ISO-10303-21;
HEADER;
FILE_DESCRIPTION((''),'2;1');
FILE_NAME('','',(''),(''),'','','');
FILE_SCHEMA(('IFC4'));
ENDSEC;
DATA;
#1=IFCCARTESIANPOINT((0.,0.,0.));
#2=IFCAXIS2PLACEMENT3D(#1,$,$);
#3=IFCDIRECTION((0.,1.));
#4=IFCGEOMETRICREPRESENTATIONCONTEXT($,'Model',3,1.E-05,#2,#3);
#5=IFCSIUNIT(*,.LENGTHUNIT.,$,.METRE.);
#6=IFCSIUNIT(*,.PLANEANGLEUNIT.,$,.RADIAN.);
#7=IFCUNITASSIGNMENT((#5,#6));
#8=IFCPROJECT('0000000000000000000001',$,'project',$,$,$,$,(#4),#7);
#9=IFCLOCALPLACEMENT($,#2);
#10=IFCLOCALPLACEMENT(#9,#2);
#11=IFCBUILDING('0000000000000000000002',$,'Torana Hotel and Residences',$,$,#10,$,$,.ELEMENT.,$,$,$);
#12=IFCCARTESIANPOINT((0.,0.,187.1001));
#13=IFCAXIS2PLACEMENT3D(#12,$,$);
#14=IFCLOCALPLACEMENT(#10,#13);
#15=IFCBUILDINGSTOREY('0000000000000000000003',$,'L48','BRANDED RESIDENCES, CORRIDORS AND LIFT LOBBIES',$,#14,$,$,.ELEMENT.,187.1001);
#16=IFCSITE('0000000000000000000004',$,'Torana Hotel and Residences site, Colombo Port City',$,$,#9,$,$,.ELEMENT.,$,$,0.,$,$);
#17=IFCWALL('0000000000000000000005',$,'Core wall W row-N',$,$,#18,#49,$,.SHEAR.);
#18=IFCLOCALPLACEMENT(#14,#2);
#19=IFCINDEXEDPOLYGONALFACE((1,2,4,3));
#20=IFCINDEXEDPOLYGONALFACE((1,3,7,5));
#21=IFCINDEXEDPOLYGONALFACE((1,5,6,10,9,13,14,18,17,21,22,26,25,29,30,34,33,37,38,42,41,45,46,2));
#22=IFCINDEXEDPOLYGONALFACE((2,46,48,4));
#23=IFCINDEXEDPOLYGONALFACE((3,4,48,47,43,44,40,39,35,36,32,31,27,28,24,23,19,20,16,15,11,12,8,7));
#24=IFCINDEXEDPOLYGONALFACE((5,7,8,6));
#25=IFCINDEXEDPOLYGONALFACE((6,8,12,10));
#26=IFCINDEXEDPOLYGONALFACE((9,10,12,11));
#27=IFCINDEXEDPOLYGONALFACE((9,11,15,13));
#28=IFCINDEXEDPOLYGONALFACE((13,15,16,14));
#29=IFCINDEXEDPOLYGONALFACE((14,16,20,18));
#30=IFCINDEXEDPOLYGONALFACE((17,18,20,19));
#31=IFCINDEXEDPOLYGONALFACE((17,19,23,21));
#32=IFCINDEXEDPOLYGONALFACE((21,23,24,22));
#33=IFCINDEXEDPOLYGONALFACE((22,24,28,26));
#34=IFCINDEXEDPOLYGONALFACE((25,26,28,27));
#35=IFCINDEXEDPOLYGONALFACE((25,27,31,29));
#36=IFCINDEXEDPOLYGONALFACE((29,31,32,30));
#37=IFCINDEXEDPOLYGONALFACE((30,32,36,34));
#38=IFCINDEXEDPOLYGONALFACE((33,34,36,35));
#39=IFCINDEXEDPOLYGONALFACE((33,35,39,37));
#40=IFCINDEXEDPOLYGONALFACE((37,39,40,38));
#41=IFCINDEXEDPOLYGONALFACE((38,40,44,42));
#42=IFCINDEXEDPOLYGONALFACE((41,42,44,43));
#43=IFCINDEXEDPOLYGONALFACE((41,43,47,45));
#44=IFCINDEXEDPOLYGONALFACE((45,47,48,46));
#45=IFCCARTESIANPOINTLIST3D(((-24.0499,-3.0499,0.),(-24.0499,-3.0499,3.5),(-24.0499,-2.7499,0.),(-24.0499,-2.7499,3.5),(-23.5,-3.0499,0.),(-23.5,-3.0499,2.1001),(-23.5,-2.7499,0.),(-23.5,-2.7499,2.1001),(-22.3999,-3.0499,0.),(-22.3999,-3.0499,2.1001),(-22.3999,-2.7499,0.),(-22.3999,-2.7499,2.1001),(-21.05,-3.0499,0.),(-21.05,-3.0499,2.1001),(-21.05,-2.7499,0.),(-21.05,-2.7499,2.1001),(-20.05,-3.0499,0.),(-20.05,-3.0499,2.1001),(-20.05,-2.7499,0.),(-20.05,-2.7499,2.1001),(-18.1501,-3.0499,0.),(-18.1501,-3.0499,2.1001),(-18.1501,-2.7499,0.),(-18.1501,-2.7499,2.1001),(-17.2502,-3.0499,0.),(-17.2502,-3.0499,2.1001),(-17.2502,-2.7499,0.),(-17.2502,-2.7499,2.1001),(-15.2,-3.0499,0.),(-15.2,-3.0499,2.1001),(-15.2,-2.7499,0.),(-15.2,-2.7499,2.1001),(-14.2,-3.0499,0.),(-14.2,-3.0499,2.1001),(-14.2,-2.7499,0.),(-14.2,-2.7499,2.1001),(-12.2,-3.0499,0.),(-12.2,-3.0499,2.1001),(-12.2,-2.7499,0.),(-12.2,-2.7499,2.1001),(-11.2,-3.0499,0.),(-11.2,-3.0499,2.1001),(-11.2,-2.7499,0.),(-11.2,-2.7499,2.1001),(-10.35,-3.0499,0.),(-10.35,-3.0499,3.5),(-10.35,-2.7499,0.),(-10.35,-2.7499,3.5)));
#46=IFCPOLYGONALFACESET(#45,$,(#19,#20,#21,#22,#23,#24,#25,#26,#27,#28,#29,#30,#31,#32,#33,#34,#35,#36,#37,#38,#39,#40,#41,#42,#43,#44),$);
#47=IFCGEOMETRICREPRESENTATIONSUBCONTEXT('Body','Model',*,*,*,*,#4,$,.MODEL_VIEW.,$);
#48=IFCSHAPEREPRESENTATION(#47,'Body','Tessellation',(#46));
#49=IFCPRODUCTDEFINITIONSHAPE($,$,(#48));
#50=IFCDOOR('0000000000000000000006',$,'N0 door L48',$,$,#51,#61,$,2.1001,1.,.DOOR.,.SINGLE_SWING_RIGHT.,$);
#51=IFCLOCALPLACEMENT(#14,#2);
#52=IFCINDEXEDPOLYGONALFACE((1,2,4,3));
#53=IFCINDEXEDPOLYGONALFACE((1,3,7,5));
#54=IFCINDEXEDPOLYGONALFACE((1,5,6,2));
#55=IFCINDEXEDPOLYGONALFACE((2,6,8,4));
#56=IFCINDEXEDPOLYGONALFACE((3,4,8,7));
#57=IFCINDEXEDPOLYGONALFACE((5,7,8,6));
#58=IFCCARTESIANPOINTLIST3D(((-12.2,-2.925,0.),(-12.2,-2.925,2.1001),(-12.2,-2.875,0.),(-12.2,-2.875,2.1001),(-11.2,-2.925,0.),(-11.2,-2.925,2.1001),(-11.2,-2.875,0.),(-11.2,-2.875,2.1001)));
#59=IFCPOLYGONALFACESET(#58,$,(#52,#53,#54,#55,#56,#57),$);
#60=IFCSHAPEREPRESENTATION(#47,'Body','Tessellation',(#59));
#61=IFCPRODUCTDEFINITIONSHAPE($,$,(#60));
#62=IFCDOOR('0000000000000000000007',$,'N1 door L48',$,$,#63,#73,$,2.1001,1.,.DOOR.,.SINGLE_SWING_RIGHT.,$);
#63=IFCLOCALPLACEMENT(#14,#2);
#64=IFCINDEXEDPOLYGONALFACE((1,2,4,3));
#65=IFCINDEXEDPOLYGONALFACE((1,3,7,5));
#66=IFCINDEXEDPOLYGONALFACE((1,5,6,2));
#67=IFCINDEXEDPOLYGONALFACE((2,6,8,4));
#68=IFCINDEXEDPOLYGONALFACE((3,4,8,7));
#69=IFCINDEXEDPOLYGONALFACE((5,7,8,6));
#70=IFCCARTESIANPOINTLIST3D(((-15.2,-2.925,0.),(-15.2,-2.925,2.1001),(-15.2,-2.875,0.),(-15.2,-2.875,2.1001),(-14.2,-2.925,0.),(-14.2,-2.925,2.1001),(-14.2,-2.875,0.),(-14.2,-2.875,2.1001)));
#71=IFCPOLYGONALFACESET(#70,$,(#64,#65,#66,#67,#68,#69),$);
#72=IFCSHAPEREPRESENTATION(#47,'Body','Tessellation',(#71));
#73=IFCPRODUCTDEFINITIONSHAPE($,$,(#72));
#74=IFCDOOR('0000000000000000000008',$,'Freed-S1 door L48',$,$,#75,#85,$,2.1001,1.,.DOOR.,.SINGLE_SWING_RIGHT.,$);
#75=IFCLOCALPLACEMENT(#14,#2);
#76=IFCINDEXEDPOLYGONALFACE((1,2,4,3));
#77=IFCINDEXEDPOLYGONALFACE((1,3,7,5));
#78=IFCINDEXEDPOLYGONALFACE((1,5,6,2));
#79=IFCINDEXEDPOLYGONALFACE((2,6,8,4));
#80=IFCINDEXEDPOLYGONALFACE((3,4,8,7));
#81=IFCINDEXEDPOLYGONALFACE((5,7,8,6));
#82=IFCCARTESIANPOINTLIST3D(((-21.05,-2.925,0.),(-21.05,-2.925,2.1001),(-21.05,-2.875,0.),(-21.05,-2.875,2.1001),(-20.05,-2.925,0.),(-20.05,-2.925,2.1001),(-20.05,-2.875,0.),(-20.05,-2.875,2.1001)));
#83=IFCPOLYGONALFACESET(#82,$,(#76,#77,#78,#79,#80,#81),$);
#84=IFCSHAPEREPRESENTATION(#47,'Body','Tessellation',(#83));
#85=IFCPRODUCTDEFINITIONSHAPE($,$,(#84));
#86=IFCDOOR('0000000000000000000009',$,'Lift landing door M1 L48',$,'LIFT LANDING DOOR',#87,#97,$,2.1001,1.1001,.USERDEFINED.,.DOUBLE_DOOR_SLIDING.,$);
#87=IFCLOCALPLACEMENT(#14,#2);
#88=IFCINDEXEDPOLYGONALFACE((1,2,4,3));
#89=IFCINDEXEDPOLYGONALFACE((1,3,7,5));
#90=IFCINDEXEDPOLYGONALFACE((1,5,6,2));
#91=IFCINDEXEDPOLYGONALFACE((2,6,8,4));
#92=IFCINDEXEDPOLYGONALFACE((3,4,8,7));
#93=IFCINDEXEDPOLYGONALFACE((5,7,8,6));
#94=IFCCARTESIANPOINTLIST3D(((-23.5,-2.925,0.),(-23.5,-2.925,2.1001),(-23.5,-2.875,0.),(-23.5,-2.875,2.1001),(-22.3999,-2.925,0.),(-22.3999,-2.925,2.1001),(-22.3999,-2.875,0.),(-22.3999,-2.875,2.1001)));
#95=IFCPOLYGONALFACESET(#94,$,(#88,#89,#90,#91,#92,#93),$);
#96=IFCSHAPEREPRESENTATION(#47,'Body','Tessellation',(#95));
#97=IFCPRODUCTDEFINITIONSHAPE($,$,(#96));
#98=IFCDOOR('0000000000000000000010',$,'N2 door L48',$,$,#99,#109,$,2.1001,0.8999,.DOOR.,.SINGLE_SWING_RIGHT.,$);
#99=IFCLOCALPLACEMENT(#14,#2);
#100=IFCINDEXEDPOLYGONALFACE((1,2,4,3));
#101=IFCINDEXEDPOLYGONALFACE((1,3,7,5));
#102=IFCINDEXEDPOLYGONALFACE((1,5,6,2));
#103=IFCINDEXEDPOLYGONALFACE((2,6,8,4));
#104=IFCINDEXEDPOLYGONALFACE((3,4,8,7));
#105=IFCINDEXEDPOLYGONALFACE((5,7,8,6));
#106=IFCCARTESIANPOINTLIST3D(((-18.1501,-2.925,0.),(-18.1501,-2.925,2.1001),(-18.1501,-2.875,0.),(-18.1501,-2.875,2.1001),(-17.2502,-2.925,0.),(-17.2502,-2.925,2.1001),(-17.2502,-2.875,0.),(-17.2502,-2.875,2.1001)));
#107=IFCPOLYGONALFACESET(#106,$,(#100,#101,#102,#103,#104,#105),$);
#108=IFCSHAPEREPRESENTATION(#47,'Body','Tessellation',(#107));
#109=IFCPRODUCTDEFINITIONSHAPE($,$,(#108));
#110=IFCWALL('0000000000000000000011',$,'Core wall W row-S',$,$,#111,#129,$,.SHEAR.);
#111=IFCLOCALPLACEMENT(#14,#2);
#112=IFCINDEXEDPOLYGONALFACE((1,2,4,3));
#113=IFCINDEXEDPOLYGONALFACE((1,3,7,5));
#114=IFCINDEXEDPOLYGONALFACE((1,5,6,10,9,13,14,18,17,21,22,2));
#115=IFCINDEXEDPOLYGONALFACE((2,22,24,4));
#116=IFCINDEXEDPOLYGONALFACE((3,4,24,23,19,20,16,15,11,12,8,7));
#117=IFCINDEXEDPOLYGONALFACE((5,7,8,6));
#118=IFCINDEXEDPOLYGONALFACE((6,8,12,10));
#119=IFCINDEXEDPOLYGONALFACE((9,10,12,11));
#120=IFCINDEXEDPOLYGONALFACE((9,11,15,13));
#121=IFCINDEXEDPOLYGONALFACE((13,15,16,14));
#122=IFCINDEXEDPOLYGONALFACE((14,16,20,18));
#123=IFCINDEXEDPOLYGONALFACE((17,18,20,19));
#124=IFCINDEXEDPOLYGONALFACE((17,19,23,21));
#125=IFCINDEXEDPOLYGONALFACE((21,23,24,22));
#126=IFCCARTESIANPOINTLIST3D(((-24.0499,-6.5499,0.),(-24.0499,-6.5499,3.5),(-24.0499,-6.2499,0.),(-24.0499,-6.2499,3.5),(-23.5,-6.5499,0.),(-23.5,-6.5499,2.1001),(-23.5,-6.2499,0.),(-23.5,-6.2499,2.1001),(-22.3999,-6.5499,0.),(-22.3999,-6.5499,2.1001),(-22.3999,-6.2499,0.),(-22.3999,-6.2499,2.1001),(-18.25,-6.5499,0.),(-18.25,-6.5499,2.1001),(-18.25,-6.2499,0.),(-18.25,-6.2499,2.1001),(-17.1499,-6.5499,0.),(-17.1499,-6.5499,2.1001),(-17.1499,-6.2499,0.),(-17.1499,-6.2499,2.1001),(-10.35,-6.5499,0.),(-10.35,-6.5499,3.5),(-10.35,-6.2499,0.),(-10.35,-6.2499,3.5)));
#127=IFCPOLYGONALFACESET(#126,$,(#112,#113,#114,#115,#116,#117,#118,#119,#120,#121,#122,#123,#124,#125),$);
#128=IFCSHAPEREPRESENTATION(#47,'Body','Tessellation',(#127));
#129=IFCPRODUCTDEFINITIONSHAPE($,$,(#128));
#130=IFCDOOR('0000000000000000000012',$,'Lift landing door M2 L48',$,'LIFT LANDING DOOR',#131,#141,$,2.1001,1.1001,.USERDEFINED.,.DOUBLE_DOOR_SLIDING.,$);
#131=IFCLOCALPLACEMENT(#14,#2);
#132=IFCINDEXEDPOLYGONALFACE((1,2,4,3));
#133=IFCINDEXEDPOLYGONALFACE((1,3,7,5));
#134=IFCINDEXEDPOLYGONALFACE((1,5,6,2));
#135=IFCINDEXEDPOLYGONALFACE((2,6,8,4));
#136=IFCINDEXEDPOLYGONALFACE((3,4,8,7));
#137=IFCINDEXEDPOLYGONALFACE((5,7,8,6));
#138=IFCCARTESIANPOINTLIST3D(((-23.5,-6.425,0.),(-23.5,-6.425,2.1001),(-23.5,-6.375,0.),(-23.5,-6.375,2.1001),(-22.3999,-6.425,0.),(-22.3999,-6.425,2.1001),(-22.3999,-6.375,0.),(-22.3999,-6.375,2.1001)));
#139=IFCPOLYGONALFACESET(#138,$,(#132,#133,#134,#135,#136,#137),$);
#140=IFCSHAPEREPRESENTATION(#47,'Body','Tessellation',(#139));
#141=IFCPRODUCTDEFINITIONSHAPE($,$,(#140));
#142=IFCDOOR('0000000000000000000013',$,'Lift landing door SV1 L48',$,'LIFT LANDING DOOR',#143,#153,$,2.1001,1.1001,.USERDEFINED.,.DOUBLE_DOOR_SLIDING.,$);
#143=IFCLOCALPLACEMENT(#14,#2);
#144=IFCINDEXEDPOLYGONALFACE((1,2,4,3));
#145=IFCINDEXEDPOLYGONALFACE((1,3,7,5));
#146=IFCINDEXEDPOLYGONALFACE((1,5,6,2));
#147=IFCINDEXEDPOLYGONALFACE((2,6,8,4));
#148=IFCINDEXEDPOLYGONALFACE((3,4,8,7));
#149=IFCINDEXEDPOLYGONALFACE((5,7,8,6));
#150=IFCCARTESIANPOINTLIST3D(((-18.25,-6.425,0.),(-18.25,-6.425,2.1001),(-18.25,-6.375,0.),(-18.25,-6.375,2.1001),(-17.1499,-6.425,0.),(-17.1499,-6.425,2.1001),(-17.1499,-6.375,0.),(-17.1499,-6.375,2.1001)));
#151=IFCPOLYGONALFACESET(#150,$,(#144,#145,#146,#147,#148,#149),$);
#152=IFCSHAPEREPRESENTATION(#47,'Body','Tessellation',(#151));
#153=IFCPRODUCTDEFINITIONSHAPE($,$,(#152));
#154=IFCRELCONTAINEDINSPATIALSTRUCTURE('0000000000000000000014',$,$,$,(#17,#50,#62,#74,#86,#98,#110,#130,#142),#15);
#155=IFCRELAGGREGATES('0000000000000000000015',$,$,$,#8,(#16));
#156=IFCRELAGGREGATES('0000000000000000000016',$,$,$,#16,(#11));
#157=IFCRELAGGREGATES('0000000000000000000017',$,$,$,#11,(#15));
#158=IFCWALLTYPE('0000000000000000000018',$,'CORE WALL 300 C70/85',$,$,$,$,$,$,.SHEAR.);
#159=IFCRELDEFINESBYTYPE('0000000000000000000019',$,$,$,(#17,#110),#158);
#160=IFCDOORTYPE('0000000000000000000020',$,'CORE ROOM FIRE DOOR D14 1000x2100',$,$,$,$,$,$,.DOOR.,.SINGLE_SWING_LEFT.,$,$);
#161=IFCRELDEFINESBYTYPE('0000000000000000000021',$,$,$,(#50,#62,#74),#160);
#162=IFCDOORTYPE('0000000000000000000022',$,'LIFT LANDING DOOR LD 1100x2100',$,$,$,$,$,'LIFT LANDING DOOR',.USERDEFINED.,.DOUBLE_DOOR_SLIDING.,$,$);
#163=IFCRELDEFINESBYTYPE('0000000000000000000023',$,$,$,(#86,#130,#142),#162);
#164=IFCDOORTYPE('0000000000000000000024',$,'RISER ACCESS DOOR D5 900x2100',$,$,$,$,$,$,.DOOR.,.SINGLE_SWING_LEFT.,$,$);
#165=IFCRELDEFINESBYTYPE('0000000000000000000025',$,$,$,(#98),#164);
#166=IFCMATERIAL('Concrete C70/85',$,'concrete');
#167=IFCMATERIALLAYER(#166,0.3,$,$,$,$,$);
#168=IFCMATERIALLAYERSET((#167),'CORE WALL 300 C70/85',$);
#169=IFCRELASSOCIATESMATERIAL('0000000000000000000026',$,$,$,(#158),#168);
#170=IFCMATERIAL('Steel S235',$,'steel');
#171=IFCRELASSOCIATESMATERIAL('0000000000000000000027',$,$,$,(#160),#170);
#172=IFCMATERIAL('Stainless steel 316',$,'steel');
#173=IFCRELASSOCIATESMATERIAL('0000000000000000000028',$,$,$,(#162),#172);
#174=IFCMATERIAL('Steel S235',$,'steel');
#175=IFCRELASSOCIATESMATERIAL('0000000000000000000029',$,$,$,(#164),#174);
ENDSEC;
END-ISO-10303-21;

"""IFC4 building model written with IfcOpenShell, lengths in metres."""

from ifc_helpers import new_model, si_unit, direction, frame, frame_2d, origin, place, context, subcontext, project, spatial, rectangle, extrude, material, layer, layer_set, type_object, element, fill, save


model = new_model("IFC4")

# Units and contexts
model_context = context("Model", 3, precision=1e-05, world=origin(), true_north=direction((0.0, 1.0)))
body_context = subcontext(model_context, "Body", "Model", "MODEL_VIEW")
ifc_project = project(units=[si_unit("LENGTHUNIT", "METRE"), si_unit("PLANEANGLEUNIT", "RADIAN")], contexts=[model_context])

# Site, building, storey
site_placement = place(None, origin())
site = spatial("IfcSite", under=ifc_project, at=site_placement, Name="Torana Hotel and Residences site, Colombo Port City", CompositionType="ELEMENT", RefElevation=0.0)
building_placement = place(site_placement, origin())
building = spatial("IfcBuilding", under=site, at=building_placement, Name="Torana Hotel and Residences", CompositionType="ELEMENT")
storey_placement = place(building_placement, frame((0.0, 0.0, 187.1001)))
storey = spatial("IfcBuildingStorey", under=building, at=storey_placement, Name="L48", Description="BRANDED RESIDENCES, CORRIDORS AND LIFT LOBBIES", CompositionType="ELEMENT", Elevation=187.1001)

# Walls, openings, doors
ifc_material_1 = material(Name="Concrete C70/85", Category="concrete")
ifc_layer_1 = layer(ifc_material_1, 0.3)
ifc_layer_set_1 = layer_set([ifc_layer_1], Name="CORE WALL 300 C70/85")
wall_type_1 = type_object("IfcWallType", Name="CORE WALL 300 C70/85", PredefinedType="SHEAR", material=ifc_layer_set_1)
wall_1_placement = place(storey_placement, frame((-24.05, -2.8999, 0.0), z_axis=(0.0, 0.0, 1.0), x_axis=(1.0, 0.0, 0.0)))
wall_1 = element("IfcWall", 1, at=wall_1_placement, inside=storey, type_object=wall_type_1, Name="Core wall W row-N", PredefinedType="SHEAR", context=body_context, shape_type="SweptSolid", body=[
    extrude(rectangle(XDim=13.7, YDim=0.3, at=frame_2d((6.8501, 0.0))), origin(), (0.0, 0.0, 1.0), 3.5),
])
opening_1_placement = place(wall_1_placement, frame((0.55, 0.0, 0.0)))
opening_1 = element("IfcOpeningElement", 2, at=opening_1_placement, cuts=wall_1, PredefinedType="OPENING", context=body_context, shape_type="SweptSolid", body=[
    extrude(rectangle(XDim=1.1001, YDim=2.1001, at=frame_2d((0.55, 1.05))), frame((0.0, 0.1599, 0.0), z_axis=(0.0, -1.0, 0.0), x_axis=(1.0, 0.0, 0.0)), (0.0, 0.0, 1.0), 0.3201),
])
opening_2_placement = place(wall_1_placement, frame((5.8999, 0.0, 0.0)))
opening_2 = element("IfcOpeningElement", 3, at=opening_2_placement, cuts=wall_1, PredefinedType="OPENING", context=body_context, shape_type="SweptSolid", body=[
    extrude(rectangle(XDim=0.8999, YDim=2.1001, at=frame_2d((0.45, 1.05))), frame((0.0, 0.1599, 0.0), z_axis=(0.0, -1.0, 0.0), x_axis=(1.0, 0.0, 0.0)), (0.0, 0.0, 1.0), 0.3201),
])
opening_3_placement = place(wall_1_placement, frame((11.8501, 0.0, 0.0)))
opening_3 = element("IfcOpeningElement", 4, at=opening_3_placement, cuts=wall_1, PredefinedType="OPENING", context=body_context, shape_type="SweptSolid", body=[
    extrude(rectangle(XDim=1.0, YDim=2.1001, at=frame_2d((0.5, 1.05))), frame((0.0, 0.1599, 0.0), z_axis=(0.0, -1.0, 0.0), x_axis=(1.0, 0.0, 0.0)), (0.0, 0.0, 1.0), 0.3201),
])
opening_4_placement = place(wall_1_placement, frame((8.8501, 0.0, 0.0)))
opening_4 = element("IfcOpeningElement", 5, at=opening_4_placement, cuts=wall_1, PredefinedType="OPENING", context=body_context, shape_type="SweptSolid", body=[
    extrude(rectangle(XDim=1.0, YDim=2.1001, at=frame_2d((0.5, 1.05))), frame((0.0, 0.1599, 0.0), z_axis=(0.0, -1.0, 0.0), x_axis=(1.0, 0.0, 0.0)), (0.0, 0.0, 1.0), 0.3201),
])
opening_5_placement = place(wall_1_placement, frame((3.0, 0.0, 0.0)))
opening_5 = element("IfcOpeningElement", 6, at=opening_5_placement, cuts=wall_1, PredefinedType="OPENING", context=body_context, shape_type="SweptSolid", body=[
    extrude(rectangle(XDim=1.0, YDim=2.1001, at=frame_2d((0.5, 1.05))), frame((0.0, 0.1599, 0.0), z_axis=(0.0, -1.0, 0.0), x_axis=(1.0, 0.0, 0.0)), (0.0, 0.0, 1.0), 0.3201),
])
ifc_material_2 = material(Name="Steel S235", Category="steel")
door_type_1 = type_object("IfcDoorType", Name="CORE ROOM FIRE DOOR D14 1000x2100", OperationType="SINGLE_SWING_LEFT", PredefinedType="DOOR", material=ifc_material_2)
door_1_placement = place(opening_3_placement, origin())
door_1 = element("IfcDoor", 7, at=door_1_placement, inside=storey, type_object=door_type_1, Name="N0 door L48", OperationType="SINGLE_SWING_RIGHT", OverallHeight=2.1001, OverallWidth=1.0, PredefinedType="DOOR", context=body_context, shape_type="SweptSolid", body=[
    extrude(rectangle(XDim=1.0, YDim=2.1001, at=frame_2d((0.5, 1.05))), frame((0.0, 0.0249, 0.0), z_axis=(0.0, -1.0, 0.0), x_axis=(1.0, 0.0, 0.0)), (0.0, 0.0, 1.0), 0.05),
])
fill(opening_3, door_1)
door_2_placement = place(opening_4_placement, origin())
door_2 = element("IfcDoor", 8, at=door_2_placement, inside=storey, type_object=door_type_1, Name="N1 door L48", OperationType="SINGLE_SWING_RIGHT", OverallHeight=2.1001, OverallWidth=1.0, PredefinedType="DOOR", context=body_context, shape_type="SweptSolid", body=[
    extrude(rectangle(XDim=1.0, YDim=2.1001, at=frame_2d((0.5, 1.05))), frame((0.0, 0.0249, 0.0), z_axis=(0.0, -1.0, 0.0), x_axis=(1.0, 0.0, 0.0)), (0.0, 0.0, 1.0), 0.05),
])
fill(opening_4, door_2)
door_3_placement = place(opening_5_placement, origin())
door_3 = element("IfcDoor", 9, at=door_3_placement, inside=storey, type_object=door_type_1, Name="Freed-S1 door L48", OperationType="SINGLE_SWING_RIGHT", OverallHeight=2.1001, OverallWidth=1.0, PredefinedType="DOOR", context=body_context, shape_type="SweptSolid", body=[
    extrude(rectangle(XDim=1.0, YDim=2.1001, at=frame_2d((0.5, 1.05))), frame((0.0, 0.0249, 0.0), z_axis=(0.0, -1.0, 0.0), x_axis=(1.0, 0.0, 0.0)), (0.0, 0.0, 1.0), 0.05),
])
fill(opening_5, door_3)
ifc_material_3 = material(Name="Stainless steel 316", Category="steel")
door_type_2 = type_object("IfcDoorType", Name="LIFT LANDING DOOR LD 1100x2100", ElementType="LIFT LANDING DOOR", OperationType="DOUBLE_DOOR_SLIDING", PredefinedType="USERDEFINED", material=ifc_material_3)
door_4_placement = place(opening_1_placement, origin())
door_4 = element("IfcDoor", 10, at=door_4_placement, inside=storey, type_object=door_type_2, Name="Lift landing door M1 L48", ObjectType="LIFT LANDING DOOR", OperationType="DOUBLE_DOOR_SLIDING", OverallHeight=2.1001, OverallWidth=1.1001, PredefinedType="USERDEFINED", context=body_context, shape_type="SweptSolid", body=[
    extrude(rectangle(XDim=1.1001, YDim=2.1001, at=frame_2d((0.55, 1.05))), frame((0.0, 0.0249, 0.0), z_axis=(0.0, -1.0, 0.0), x_axis=(1.0, 0.0, 0.0)), (0.0, 0.0, 1.0), 0.05),
])
fill(opening_1, door_4)
ifc_material_4 = material(Name="Steel S235", Category="steel")
door_type_3 = type_object("IfcDoorType", Name="RISER ACCESS DOOR D5 900x2100", OperationType="SINGLE_SWING_LEFT", PredefinedType="DOOR", material=ifc_material_4)
door_5_placement = place(opening_2_placement, origin())
door_5 = element("IfcDoor", 11, at=door_5_placement, inside=storey, type_object=door_type_3, Name="N2 door L48", OperationType="SINGLE_SWING_RIGHT", OverallHeight=2.1001, OverallWidth=0.8999, PredefinedType="DOOR", context=body_context, shape_type="SweptSolid", body=[
    extrude(rectangle(XDim=0.8999, YDim=2.1001, at=frame_2d((0.45, 1.05))), frame((0.0, 0.0249, 0.0), z_axis=(0.0, -1.0, 0.0), x_axis=(1.0, 0.0, 0.0)), (0.0, 0.0, 1.0), 0.05),
])
fill(opening_2, door_5)
wall_2_placement = place(storey_placement, frame((-24.05, -6.3999, 0.0), z_axis=(0.0, 0.0, 1.0), x_axis=(1.0, 0.0, 0.0)))
wall_2 = element("IfcWall", 12, at=wall_2_placement, inside=storey, type_object=wall_type_1, Name="Core wall W row-S", PredefinedType="SHEAR", context=body_context, shape_type="SweptSolid", body=[
    extrude(rectangle(XDim=13.7, YDim=0.3, at=frame_2d((6.8501, 0.0))), origin(), (0.0, 0.0, 1.0), 3.5),
])
opening_6_placement = place(wall_2_placement, frame((0.55, 0.0, 0.0)))
opening_6 = element("IfcOpeningElement", 13, at=opening_6_placement, cuts=wall_2, PredefinedType="OPENING", context=body_context, shape_type="SweptSolid", body=[
    extrude(rectangle(XDim=1.1001, YDim=2.1001, at=frame_2d((0.55, 1.05))), frame((0.0, 0.1599, 0.0), z_axis=(0.0, -1.0, 0.0), x_axis=(1.0, 0.0, 0.0)), (0.0, 0.0, 1.0), 0.3201),
])
opening_7_placement = place(wall_2_placement, frame((5.8, 0.0, 0.0)))
opening_7 = element("IfcOpeningElement", 14, at=opening_7_placement, cuts=wall_2, PredefinedType="OPENING", context=body_context, shape_type="SweptSolid", body=[
    extrude(rectangle(XDim=1.1001, YDim=2.1001, at=frame_2d((0.55, 1.05))), frame((0.0, 0.1599, 0.0), z_axis=(0.0, -1.0, 0.0), x_axis=(1.0, 0.0, 0.0)), (0.0, 0.0, 1.0), 0.3201),
])
door_6_placement = place(opening_6_placement, origin())
door_6 = element("IfcDoor", 15, at=door_6_placement, inside=storey, type_object=door_type_2, Name="Lift landing door M2 L48", ObjectType="LIFT LANDING DOOR", OperationType="DOUBLE_DOOR_SLIDING", OverallHeight=2.1001, OverallWidth=1.1001, PredefinedType="USERDEFINED", context=body_context, shape_type="SweptSolid", body=[
    extrude(rectangle(XDim=1.1001, YDim=2.1001, at=frame_2d((0.55, 1.05))), frame((0.0, 0.0249, 0.0), z_axis=(0.0, -1.0, 0.0), x_axis=(1.0, 0.0, 0.0)), (0.0, 0.0, 1.0), 0.05),
])
fill(opening_6, door_6)
door_7_placement = place(opening_7_placement, origin())
door_7 = element("IfcDoor", 16, at=door_7_placement, inside=storey, type_object=door_type_2, Name="Lift landing door SV1 L48", ObjectType="LIFT LANDING DOOR", OperationType="DOUBLE_DOOR_SLIDING", OverallHeight=2.1001, OverallWidth=1.1001, PredefinedType="USERDEFINED", context=body_context, shape_type="SweptSolid", body=[
    extrude(rectangle(XDim=1.1001, YDim=2.1001, at=frame_2d((0.55, 1.05))), frame((0.0, 0.0249, 0.0), z_axis=(0.0, -1.0, 0.0), x_axis=(1.0, 0.0, 0.0)), (0.0, 0.0, 1.0), 0.05),
])
fill(opening_7, door_7)

save(model, "model.ifc")
